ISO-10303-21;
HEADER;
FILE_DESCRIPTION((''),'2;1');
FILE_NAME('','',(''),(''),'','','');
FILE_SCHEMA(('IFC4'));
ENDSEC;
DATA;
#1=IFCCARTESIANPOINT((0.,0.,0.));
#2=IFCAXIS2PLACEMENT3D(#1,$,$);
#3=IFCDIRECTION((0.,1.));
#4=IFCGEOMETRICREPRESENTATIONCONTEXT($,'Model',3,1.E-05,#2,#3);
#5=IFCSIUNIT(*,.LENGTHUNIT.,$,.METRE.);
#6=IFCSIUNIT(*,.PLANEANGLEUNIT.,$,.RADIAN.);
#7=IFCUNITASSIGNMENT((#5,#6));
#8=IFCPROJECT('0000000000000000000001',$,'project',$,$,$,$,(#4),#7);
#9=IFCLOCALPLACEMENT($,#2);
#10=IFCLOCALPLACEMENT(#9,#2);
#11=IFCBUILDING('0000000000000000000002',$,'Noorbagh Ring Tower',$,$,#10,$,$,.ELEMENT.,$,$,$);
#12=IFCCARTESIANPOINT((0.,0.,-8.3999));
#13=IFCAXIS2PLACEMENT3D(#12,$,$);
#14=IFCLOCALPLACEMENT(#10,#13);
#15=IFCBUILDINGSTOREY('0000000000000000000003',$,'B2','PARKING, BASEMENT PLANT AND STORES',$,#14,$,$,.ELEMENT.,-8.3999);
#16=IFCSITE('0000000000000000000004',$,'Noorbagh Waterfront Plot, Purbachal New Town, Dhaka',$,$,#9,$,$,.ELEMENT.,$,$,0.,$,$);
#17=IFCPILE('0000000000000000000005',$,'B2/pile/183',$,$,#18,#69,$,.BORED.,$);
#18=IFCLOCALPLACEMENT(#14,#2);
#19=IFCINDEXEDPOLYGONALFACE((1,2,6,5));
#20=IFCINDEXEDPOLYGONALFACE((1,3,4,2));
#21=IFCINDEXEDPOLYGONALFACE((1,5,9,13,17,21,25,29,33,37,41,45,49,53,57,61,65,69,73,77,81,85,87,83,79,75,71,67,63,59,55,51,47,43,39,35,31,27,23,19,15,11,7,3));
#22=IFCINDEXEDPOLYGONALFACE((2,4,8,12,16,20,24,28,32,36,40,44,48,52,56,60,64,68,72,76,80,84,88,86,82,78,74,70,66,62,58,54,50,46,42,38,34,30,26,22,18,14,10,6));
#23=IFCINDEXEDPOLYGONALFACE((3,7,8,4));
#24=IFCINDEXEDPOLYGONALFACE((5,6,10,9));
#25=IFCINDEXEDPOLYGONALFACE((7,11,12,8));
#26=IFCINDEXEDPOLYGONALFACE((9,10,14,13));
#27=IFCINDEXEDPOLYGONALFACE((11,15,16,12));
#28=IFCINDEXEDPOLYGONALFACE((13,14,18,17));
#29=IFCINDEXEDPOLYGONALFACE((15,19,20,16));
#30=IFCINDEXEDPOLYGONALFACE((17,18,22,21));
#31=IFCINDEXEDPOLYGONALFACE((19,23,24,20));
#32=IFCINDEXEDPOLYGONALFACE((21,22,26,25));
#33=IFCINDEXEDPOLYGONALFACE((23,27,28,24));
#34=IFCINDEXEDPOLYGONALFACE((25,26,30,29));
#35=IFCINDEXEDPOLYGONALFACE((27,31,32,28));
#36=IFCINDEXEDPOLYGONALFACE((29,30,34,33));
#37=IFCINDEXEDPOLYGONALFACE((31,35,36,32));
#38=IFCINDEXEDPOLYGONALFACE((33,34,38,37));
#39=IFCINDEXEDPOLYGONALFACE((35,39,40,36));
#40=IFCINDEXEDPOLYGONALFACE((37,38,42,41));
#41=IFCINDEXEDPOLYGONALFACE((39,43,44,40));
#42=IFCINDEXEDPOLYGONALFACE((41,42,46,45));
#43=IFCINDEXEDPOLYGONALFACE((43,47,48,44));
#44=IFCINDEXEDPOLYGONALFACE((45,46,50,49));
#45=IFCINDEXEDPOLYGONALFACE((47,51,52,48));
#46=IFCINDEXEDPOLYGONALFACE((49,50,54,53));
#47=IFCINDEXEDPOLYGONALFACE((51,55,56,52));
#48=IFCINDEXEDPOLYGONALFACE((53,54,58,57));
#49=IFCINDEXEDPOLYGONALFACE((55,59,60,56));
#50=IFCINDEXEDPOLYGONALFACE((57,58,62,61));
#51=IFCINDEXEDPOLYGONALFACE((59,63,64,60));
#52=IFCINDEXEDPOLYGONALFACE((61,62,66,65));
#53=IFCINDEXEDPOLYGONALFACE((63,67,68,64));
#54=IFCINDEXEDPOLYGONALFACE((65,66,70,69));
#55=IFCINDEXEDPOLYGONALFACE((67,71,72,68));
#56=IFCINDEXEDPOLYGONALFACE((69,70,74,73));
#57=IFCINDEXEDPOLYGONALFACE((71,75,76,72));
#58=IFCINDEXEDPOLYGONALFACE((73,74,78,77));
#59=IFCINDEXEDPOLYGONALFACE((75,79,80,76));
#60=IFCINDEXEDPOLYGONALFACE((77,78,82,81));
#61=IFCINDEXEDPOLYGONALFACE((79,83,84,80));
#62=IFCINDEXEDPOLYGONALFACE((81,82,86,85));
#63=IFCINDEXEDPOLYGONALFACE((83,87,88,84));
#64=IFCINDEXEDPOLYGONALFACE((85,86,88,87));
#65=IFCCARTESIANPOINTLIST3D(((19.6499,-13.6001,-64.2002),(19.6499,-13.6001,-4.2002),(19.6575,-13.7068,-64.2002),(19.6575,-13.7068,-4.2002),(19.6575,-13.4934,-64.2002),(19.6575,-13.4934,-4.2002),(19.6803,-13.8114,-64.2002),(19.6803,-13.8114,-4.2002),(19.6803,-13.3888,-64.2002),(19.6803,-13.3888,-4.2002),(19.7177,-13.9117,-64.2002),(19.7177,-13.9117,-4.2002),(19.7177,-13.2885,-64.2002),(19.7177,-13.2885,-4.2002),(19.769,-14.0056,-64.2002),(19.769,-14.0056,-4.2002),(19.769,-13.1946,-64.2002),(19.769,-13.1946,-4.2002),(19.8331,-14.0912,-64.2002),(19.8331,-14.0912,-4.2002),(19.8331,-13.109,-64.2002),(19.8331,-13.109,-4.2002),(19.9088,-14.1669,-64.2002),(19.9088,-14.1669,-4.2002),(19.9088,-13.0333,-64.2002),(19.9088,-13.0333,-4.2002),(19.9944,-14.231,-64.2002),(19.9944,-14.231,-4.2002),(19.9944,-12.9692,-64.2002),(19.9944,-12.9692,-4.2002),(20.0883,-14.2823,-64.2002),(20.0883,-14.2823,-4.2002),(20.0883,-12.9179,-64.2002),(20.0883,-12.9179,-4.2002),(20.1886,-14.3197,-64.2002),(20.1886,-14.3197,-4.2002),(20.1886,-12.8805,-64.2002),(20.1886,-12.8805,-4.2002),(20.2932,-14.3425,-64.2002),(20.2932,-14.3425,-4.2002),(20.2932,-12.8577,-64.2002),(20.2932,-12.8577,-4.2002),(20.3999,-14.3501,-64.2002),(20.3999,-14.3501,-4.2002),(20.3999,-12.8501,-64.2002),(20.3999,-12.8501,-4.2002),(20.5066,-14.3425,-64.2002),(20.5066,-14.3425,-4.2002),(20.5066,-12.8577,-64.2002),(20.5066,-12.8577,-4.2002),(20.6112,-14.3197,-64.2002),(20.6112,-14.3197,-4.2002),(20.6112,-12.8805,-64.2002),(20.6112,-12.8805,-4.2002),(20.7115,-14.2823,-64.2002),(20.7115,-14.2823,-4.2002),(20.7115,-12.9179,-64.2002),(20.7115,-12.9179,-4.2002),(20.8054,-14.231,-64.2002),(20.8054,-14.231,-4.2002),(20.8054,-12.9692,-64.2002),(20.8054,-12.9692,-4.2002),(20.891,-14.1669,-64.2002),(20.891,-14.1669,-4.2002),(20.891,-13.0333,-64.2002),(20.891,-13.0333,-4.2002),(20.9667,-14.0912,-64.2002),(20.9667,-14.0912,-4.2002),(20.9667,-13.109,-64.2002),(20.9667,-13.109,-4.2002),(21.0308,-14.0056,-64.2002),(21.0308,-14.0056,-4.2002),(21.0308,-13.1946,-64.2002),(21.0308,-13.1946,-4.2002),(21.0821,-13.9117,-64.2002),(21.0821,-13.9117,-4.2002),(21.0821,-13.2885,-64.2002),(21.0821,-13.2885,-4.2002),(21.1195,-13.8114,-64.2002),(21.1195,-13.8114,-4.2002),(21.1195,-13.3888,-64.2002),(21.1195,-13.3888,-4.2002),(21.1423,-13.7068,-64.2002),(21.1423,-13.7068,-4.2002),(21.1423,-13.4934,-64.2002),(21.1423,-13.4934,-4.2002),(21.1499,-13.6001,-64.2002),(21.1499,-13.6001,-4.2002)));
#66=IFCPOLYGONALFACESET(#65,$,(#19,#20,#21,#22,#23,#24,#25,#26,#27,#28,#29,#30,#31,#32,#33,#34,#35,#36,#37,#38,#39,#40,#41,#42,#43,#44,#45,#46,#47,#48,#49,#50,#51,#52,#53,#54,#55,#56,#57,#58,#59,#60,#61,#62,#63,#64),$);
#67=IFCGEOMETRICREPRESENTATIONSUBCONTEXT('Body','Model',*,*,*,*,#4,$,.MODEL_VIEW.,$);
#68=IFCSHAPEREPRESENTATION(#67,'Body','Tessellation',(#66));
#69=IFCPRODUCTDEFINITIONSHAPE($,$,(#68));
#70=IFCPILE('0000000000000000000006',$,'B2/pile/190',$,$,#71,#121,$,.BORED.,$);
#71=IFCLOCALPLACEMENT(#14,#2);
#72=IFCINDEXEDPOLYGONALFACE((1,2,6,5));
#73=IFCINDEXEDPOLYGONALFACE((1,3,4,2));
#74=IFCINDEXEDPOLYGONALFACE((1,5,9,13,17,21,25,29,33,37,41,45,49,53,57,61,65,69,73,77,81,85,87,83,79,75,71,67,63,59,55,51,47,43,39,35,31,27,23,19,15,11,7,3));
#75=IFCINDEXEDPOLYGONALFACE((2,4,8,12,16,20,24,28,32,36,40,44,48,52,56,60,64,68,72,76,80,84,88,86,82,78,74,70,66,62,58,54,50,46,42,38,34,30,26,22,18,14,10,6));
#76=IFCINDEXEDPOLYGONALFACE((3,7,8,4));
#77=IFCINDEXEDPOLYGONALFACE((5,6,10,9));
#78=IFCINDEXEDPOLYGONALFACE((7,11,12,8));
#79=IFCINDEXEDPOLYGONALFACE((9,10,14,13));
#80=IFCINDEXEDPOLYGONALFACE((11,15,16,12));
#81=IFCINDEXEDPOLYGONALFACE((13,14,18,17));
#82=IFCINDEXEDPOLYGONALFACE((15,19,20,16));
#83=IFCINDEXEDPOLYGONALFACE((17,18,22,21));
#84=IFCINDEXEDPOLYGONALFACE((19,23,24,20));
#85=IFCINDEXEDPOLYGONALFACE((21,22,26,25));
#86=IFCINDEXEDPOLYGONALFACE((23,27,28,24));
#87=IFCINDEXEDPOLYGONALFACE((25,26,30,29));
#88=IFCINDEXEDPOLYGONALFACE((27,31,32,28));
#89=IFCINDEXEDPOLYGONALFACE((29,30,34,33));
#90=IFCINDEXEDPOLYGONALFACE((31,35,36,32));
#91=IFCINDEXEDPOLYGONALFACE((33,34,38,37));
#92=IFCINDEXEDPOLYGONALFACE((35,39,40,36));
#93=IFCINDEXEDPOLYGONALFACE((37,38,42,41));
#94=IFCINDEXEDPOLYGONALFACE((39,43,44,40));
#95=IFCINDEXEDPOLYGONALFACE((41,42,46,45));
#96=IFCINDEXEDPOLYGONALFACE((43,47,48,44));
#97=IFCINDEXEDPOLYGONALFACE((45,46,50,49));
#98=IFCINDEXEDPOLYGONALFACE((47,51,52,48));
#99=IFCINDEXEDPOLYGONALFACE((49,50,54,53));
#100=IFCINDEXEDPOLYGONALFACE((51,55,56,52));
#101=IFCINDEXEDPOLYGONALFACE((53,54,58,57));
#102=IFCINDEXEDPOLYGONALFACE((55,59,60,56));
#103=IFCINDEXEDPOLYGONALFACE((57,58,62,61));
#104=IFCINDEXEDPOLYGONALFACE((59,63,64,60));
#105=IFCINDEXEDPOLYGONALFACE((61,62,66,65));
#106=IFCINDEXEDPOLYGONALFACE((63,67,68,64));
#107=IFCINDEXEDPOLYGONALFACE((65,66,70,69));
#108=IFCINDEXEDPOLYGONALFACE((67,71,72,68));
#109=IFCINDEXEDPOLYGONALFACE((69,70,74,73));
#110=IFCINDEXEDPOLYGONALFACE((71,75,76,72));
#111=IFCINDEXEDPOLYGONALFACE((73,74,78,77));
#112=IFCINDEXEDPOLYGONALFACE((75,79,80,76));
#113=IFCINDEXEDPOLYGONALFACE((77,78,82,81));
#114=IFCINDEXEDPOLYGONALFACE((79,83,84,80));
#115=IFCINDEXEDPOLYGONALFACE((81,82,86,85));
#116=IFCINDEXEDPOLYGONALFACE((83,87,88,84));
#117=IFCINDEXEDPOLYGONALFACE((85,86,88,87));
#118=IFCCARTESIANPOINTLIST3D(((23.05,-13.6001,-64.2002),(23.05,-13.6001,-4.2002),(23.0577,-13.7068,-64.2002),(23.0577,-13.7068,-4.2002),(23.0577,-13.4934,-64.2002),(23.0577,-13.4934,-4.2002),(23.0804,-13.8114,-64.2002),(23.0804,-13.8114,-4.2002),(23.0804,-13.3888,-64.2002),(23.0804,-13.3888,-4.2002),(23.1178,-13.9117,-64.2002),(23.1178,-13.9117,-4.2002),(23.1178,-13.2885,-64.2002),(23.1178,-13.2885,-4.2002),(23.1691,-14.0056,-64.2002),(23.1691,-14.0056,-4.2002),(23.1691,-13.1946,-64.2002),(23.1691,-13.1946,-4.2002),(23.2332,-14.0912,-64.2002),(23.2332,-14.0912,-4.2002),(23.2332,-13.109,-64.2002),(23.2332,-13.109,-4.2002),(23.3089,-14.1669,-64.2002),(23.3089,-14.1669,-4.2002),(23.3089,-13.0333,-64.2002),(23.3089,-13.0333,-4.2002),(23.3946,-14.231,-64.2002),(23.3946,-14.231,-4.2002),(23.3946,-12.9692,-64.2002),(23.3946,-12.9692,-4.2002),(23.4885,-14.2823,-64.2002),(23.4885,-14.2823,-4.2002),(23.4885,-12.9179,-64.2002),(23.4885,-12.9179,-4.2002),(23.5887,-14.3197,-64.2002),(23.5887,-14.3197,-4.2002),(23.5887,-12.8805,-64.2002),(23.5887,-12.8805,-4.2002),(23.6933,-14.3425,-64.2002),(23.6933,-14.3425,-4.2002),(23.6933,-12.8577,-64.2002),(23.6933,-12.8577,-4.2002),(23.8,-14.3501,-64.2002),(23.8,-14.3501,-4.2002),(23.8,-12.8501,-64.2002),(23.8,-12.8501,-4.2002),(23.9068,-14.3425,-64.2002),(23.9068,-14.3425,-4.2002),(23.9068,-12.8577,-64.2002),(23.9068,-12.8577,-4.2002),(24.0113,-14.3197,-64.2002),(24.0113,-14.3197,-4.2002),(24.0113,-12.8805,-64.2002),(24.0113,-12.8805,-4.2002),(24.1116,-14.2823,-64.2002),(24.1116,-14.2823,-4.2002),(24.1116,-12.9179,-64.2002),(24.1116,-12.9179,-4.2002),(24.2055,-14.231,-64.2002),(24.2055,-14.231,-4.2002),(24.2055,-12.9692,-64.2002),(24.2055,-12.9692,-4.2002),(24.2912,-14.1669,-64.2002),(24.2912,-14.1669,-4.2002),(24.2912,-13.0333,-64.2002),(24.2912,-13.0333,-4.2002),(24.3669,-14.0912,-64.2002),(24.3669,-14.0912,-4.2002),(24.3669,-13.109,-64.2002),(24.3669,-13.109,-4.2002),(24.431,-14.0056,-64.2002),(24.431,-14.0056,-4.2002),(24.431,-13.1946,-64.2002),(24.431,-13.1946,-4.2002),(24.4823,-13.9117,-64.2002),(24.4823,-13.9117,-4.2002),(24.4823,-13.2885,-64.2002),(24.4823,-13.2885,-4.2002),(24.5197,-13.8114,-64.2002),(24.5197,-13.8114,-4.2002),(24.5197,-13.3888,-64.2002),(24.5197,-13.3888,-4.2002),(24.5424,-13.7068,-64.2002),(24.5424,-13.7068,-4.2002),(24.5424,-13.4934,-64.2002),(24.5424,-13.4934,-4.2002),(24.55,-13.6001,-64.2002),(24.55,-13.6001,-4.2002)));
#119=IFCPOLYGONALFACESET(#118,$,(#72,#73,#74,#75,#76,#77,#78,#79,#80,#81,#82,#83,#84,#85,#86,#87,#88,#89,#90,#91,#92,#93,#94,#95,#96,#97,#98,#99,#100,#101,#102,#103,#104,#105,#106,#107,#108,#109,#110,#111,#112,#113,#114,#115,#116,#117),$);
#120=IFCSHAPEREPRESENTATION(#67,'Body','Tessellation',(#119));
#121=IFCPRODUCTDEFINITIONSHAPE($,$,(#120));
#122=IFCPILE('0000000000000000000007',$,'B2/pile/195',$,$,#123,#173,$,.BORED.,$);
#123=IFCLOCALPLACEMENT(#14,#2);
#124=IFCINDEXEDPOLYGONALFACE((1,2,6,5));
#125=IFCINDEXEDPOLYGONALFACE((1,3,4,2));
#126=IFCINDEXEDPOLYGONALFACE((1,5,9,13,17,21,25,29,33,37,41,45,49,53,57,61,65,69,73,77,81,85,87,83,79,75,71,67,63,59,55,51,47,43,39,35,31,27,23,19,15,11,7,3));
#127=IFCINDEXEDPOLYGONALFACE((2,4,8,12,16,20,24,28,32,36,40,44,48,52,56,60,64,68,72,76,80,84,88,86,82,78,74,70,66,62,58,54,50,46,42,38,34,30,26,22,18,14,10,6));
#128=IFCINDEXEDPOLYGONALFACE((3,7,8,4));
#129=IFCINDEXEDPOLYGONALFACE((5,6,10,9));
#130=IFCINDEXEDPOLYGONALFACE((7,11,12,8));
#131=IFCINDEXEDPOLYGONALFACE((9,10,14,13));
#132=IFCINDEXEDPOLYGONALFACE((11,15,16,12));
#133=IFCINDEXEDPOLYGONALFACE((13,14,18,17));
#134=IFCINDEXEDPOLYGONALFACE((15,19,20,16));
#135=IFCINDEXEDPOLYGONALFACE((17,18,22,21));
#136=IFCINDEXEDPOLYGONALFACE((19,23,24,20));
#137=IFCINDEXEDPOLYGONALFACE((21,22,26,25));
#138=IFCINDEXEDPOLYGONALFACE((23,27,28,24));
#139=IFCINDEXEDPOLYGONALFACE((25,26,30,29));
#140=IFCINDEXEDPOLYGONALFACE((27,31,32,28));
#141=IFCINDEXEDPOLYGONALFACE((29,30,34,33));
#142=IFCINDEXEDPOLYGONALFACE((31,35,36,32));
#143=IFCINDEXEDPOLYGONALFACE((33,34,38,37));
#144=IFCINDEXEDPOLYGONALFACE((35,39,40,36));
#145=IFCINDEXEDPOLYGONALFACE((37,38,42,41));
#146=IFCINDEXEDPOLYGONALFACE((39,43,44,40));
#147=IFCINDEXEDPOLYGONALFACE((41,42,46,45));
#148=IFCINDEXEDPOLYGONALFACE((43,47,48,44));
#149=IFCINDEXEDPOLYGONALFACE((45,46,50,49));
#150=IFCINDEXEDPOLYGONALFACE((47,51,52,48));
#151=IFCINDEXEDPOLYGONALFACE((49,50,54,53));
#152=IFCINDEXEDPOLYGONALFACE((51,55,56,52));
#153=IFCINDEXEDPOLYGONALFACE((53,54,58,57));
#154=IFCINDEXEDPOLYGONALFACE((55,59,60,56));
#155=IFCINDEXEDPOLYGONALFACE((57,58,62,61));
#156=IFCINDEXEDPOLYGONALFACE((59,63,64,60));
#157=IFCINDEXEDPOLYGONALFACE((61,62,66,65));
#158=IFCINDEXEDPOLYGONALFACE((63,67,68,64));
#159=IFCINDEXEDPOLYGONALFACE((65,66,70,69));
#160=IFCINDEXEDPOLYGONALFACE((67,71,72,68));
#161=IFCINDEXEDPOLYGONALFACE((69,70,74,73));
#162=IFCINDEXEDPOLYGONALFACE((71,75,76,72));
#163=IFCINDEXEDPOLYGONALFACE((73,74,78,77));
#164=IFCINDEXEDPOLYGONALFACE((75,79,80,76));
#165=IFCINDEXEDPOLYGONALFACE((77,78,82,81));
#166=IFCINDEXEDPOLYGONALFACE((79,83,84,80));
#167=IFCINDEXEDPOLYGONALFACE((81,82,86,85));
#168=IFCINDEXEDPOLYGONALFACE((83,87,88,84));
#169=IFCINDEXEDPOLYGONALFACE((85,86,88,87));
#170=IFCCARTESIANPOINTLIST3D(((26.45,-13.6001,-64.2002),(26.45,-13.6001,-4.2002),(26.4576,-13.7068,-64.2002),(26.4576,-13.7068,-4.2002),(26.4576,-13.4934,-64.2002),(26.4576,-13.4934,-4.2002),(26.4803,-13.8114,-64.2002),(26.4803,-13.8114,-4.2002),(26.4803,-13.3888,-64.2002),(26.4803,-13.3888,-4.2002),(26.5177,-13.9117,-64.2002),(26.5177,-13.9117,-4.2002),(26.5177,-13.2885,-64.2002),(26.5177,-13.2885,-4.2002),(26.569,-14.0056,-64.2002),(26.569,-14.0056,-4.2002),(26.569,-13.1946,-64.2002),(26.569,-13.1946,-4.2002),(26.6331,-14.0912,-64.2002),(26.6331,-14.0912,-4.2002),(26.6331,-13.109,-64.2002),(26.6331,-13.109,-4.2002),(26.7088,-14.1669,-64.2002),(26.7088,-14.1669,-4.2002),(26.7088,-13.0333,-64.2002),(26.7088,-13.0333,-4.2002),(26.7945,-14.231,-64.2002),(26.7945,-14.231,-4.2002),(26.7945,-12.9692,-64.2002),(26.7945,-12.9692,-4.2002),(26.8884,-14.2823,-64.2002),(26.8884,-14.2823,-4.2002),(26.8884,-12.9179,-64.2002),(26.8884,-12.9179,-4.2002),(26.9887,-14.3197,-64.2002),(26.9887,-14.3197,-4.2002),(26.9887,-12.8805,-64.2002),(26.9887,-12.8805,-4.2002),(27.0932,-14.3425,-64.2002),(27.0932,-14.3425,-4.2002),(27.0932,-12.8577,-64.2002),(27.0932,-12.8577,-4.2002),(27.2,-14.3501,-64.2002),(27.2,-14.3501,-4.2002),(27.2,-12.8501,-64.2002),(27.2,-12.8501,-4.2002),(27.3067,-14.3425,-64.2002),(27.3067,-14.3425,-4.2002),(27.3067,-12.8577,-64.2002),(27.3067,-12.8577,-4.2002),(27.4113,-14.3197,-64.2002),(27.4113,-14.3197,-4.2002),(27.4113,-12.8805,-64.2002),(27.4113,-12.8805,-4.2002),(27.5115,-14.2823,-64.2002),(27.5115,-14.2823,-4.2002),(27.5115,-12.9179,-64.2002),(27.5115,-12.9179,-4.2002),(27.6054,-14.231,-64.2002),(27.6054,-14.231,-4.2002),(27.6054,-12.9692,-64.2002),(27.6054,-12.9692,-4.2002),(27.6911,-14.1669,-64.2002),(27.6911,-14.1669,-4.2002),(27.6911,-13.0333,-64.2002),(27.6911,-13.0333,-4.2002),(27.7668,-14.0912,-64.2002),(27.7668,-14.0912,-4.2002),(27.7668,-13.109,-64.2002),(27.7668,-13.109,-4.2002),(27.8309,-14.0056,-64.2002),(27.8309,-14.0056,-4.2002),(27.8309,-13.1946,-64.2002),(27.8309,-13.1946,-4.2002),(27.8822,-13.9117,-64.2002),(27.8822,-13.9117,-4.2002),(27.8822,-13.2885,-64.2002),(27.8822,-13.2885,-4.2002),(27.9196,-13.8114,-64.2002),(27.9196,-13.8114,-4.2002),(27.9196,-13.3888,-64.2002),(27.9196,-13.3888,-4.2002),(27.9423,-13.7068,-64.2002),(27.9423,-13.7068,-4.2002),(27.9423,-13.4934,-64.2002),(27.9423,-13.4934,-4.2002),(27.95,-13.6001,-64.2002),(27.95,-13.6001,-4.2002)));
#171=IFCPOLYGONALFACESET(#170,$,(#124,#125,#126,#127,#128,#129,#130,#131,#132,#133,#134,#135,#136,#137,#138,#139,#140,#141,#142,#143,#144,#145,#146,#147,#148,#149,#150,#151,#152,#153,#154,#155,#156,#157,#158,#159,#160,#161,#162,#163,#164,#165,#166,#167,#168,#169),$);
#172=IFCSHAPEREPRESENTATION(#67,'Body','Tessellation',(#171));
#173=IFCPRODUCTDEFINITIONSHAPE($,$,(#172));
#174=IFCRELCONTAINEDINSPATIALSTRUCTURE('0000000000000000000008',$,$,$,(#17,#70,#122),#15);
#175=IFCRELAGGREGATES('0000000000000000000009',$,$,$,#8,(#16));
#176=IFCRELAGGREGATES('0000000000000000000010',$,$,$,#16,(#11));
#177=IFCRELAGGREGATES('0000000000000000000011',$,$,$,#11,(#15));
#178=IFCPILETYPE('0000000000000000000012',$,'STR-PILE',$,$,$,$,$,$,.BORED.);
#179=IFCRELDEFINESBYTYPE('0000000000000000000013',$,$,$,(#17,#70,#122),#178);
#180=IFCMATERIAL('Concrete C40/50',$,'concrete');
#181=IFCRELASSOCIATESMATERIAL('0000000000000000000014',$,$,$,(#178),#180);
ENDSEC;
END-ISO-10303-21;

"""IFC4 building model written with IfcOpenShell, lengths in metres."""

from ifc_helpers import new_model, si_unit, direction, frame, origin, origin_2d, place, context, subcontext, project, spatial, circle, extrude, material, material_profile, profile_set, type_object, element, save


model = new_model("IFC4")

# Units and contexts
model_context = context("Model", 3, precision=1e-05, world=origin(), true_north=direction((0.0, 1.0)))
body_context = subcontext(model_context, "Body", "Model", "MODEL_VIEW")
ifc_project = project(units=[si_unit("LENGTHUNIT", "METRE"), si_unit("PLANEANGLEUNIT", "RADIAN")], contexts=[model_context])

# Site, building, storey
site_placement = place(None, origin())
site = spatial("IfcSite", under=ifc_project, at=site_placement, Name="Noorbagh Waterfront Plot, Purbachal New Town, Dhaka", CompositionType="ELEMENT", RefElevation=0.0)
building_placement = place(site_placement, origin())
building = spatial("IfcBuilding", under=site, at=building_placement, Name="Noorbagh Ring Tower", CompositionType="ELEMENT")
storey_placement = place(building_placement, frame((0.0, 0.0, -8.3999)))
storey = spatial("IfcBuildingStorey", under=building, at=storey_placement, Name="B2", Description="PARKING, BASEMENT PLANT AND STORES", CompositionType="ELEMENT", Elevation=-8.3999)

# Piles
ifc_material_1 = material(Name="Concrete C40/50", Category="concrete")
ifc_material_profile_1 = material_profile(ifc_material_1, circle(Radius=0.75, at=origin_2d()), Name="PILE1500")
ifc_profile_set_1 = profile_set([ifc_material_profile_1], Name="Concrete C40/50")
pile_type = type_object("IfcPileType", Name="STR-PILE", PredefinedType="BORED", material=ifc_profile_set_1)
for number, where, z_axis, x_axis, name in (
    (1, (20.3999, -13.6001, -4.2002), (0.0, 0.0, -1.0), (1.0, 0.0, 0.0), "B2/pile/183"),
    (2, (23.8, -13.6001, -4.2002), (0.0, 0.0, -1.0), (1.0, 0.0, 0.0), "B2/pile/190"),
    (3, (27.2, -13.6001, -4.2002), (0.0, 0.0, -1.0), (1.0, 0.0, 0.0), "B2/pile/195"),
):
    element("IfcPile", number, at=place(storey_placement, frame(where, z_axis=z_axis, x_axis=x_axis)), inside=storey, type_object=pile_type, Name=name, PredefinedType="BORED", context=body_context, shape_type="SweptSolid", body=[
        extrude(circle(Radius=0.75, at=origin_2d()), origin(), (0.0, 0.0, 1.0), 60.0),
    ])

save(model, "model.ifc")
